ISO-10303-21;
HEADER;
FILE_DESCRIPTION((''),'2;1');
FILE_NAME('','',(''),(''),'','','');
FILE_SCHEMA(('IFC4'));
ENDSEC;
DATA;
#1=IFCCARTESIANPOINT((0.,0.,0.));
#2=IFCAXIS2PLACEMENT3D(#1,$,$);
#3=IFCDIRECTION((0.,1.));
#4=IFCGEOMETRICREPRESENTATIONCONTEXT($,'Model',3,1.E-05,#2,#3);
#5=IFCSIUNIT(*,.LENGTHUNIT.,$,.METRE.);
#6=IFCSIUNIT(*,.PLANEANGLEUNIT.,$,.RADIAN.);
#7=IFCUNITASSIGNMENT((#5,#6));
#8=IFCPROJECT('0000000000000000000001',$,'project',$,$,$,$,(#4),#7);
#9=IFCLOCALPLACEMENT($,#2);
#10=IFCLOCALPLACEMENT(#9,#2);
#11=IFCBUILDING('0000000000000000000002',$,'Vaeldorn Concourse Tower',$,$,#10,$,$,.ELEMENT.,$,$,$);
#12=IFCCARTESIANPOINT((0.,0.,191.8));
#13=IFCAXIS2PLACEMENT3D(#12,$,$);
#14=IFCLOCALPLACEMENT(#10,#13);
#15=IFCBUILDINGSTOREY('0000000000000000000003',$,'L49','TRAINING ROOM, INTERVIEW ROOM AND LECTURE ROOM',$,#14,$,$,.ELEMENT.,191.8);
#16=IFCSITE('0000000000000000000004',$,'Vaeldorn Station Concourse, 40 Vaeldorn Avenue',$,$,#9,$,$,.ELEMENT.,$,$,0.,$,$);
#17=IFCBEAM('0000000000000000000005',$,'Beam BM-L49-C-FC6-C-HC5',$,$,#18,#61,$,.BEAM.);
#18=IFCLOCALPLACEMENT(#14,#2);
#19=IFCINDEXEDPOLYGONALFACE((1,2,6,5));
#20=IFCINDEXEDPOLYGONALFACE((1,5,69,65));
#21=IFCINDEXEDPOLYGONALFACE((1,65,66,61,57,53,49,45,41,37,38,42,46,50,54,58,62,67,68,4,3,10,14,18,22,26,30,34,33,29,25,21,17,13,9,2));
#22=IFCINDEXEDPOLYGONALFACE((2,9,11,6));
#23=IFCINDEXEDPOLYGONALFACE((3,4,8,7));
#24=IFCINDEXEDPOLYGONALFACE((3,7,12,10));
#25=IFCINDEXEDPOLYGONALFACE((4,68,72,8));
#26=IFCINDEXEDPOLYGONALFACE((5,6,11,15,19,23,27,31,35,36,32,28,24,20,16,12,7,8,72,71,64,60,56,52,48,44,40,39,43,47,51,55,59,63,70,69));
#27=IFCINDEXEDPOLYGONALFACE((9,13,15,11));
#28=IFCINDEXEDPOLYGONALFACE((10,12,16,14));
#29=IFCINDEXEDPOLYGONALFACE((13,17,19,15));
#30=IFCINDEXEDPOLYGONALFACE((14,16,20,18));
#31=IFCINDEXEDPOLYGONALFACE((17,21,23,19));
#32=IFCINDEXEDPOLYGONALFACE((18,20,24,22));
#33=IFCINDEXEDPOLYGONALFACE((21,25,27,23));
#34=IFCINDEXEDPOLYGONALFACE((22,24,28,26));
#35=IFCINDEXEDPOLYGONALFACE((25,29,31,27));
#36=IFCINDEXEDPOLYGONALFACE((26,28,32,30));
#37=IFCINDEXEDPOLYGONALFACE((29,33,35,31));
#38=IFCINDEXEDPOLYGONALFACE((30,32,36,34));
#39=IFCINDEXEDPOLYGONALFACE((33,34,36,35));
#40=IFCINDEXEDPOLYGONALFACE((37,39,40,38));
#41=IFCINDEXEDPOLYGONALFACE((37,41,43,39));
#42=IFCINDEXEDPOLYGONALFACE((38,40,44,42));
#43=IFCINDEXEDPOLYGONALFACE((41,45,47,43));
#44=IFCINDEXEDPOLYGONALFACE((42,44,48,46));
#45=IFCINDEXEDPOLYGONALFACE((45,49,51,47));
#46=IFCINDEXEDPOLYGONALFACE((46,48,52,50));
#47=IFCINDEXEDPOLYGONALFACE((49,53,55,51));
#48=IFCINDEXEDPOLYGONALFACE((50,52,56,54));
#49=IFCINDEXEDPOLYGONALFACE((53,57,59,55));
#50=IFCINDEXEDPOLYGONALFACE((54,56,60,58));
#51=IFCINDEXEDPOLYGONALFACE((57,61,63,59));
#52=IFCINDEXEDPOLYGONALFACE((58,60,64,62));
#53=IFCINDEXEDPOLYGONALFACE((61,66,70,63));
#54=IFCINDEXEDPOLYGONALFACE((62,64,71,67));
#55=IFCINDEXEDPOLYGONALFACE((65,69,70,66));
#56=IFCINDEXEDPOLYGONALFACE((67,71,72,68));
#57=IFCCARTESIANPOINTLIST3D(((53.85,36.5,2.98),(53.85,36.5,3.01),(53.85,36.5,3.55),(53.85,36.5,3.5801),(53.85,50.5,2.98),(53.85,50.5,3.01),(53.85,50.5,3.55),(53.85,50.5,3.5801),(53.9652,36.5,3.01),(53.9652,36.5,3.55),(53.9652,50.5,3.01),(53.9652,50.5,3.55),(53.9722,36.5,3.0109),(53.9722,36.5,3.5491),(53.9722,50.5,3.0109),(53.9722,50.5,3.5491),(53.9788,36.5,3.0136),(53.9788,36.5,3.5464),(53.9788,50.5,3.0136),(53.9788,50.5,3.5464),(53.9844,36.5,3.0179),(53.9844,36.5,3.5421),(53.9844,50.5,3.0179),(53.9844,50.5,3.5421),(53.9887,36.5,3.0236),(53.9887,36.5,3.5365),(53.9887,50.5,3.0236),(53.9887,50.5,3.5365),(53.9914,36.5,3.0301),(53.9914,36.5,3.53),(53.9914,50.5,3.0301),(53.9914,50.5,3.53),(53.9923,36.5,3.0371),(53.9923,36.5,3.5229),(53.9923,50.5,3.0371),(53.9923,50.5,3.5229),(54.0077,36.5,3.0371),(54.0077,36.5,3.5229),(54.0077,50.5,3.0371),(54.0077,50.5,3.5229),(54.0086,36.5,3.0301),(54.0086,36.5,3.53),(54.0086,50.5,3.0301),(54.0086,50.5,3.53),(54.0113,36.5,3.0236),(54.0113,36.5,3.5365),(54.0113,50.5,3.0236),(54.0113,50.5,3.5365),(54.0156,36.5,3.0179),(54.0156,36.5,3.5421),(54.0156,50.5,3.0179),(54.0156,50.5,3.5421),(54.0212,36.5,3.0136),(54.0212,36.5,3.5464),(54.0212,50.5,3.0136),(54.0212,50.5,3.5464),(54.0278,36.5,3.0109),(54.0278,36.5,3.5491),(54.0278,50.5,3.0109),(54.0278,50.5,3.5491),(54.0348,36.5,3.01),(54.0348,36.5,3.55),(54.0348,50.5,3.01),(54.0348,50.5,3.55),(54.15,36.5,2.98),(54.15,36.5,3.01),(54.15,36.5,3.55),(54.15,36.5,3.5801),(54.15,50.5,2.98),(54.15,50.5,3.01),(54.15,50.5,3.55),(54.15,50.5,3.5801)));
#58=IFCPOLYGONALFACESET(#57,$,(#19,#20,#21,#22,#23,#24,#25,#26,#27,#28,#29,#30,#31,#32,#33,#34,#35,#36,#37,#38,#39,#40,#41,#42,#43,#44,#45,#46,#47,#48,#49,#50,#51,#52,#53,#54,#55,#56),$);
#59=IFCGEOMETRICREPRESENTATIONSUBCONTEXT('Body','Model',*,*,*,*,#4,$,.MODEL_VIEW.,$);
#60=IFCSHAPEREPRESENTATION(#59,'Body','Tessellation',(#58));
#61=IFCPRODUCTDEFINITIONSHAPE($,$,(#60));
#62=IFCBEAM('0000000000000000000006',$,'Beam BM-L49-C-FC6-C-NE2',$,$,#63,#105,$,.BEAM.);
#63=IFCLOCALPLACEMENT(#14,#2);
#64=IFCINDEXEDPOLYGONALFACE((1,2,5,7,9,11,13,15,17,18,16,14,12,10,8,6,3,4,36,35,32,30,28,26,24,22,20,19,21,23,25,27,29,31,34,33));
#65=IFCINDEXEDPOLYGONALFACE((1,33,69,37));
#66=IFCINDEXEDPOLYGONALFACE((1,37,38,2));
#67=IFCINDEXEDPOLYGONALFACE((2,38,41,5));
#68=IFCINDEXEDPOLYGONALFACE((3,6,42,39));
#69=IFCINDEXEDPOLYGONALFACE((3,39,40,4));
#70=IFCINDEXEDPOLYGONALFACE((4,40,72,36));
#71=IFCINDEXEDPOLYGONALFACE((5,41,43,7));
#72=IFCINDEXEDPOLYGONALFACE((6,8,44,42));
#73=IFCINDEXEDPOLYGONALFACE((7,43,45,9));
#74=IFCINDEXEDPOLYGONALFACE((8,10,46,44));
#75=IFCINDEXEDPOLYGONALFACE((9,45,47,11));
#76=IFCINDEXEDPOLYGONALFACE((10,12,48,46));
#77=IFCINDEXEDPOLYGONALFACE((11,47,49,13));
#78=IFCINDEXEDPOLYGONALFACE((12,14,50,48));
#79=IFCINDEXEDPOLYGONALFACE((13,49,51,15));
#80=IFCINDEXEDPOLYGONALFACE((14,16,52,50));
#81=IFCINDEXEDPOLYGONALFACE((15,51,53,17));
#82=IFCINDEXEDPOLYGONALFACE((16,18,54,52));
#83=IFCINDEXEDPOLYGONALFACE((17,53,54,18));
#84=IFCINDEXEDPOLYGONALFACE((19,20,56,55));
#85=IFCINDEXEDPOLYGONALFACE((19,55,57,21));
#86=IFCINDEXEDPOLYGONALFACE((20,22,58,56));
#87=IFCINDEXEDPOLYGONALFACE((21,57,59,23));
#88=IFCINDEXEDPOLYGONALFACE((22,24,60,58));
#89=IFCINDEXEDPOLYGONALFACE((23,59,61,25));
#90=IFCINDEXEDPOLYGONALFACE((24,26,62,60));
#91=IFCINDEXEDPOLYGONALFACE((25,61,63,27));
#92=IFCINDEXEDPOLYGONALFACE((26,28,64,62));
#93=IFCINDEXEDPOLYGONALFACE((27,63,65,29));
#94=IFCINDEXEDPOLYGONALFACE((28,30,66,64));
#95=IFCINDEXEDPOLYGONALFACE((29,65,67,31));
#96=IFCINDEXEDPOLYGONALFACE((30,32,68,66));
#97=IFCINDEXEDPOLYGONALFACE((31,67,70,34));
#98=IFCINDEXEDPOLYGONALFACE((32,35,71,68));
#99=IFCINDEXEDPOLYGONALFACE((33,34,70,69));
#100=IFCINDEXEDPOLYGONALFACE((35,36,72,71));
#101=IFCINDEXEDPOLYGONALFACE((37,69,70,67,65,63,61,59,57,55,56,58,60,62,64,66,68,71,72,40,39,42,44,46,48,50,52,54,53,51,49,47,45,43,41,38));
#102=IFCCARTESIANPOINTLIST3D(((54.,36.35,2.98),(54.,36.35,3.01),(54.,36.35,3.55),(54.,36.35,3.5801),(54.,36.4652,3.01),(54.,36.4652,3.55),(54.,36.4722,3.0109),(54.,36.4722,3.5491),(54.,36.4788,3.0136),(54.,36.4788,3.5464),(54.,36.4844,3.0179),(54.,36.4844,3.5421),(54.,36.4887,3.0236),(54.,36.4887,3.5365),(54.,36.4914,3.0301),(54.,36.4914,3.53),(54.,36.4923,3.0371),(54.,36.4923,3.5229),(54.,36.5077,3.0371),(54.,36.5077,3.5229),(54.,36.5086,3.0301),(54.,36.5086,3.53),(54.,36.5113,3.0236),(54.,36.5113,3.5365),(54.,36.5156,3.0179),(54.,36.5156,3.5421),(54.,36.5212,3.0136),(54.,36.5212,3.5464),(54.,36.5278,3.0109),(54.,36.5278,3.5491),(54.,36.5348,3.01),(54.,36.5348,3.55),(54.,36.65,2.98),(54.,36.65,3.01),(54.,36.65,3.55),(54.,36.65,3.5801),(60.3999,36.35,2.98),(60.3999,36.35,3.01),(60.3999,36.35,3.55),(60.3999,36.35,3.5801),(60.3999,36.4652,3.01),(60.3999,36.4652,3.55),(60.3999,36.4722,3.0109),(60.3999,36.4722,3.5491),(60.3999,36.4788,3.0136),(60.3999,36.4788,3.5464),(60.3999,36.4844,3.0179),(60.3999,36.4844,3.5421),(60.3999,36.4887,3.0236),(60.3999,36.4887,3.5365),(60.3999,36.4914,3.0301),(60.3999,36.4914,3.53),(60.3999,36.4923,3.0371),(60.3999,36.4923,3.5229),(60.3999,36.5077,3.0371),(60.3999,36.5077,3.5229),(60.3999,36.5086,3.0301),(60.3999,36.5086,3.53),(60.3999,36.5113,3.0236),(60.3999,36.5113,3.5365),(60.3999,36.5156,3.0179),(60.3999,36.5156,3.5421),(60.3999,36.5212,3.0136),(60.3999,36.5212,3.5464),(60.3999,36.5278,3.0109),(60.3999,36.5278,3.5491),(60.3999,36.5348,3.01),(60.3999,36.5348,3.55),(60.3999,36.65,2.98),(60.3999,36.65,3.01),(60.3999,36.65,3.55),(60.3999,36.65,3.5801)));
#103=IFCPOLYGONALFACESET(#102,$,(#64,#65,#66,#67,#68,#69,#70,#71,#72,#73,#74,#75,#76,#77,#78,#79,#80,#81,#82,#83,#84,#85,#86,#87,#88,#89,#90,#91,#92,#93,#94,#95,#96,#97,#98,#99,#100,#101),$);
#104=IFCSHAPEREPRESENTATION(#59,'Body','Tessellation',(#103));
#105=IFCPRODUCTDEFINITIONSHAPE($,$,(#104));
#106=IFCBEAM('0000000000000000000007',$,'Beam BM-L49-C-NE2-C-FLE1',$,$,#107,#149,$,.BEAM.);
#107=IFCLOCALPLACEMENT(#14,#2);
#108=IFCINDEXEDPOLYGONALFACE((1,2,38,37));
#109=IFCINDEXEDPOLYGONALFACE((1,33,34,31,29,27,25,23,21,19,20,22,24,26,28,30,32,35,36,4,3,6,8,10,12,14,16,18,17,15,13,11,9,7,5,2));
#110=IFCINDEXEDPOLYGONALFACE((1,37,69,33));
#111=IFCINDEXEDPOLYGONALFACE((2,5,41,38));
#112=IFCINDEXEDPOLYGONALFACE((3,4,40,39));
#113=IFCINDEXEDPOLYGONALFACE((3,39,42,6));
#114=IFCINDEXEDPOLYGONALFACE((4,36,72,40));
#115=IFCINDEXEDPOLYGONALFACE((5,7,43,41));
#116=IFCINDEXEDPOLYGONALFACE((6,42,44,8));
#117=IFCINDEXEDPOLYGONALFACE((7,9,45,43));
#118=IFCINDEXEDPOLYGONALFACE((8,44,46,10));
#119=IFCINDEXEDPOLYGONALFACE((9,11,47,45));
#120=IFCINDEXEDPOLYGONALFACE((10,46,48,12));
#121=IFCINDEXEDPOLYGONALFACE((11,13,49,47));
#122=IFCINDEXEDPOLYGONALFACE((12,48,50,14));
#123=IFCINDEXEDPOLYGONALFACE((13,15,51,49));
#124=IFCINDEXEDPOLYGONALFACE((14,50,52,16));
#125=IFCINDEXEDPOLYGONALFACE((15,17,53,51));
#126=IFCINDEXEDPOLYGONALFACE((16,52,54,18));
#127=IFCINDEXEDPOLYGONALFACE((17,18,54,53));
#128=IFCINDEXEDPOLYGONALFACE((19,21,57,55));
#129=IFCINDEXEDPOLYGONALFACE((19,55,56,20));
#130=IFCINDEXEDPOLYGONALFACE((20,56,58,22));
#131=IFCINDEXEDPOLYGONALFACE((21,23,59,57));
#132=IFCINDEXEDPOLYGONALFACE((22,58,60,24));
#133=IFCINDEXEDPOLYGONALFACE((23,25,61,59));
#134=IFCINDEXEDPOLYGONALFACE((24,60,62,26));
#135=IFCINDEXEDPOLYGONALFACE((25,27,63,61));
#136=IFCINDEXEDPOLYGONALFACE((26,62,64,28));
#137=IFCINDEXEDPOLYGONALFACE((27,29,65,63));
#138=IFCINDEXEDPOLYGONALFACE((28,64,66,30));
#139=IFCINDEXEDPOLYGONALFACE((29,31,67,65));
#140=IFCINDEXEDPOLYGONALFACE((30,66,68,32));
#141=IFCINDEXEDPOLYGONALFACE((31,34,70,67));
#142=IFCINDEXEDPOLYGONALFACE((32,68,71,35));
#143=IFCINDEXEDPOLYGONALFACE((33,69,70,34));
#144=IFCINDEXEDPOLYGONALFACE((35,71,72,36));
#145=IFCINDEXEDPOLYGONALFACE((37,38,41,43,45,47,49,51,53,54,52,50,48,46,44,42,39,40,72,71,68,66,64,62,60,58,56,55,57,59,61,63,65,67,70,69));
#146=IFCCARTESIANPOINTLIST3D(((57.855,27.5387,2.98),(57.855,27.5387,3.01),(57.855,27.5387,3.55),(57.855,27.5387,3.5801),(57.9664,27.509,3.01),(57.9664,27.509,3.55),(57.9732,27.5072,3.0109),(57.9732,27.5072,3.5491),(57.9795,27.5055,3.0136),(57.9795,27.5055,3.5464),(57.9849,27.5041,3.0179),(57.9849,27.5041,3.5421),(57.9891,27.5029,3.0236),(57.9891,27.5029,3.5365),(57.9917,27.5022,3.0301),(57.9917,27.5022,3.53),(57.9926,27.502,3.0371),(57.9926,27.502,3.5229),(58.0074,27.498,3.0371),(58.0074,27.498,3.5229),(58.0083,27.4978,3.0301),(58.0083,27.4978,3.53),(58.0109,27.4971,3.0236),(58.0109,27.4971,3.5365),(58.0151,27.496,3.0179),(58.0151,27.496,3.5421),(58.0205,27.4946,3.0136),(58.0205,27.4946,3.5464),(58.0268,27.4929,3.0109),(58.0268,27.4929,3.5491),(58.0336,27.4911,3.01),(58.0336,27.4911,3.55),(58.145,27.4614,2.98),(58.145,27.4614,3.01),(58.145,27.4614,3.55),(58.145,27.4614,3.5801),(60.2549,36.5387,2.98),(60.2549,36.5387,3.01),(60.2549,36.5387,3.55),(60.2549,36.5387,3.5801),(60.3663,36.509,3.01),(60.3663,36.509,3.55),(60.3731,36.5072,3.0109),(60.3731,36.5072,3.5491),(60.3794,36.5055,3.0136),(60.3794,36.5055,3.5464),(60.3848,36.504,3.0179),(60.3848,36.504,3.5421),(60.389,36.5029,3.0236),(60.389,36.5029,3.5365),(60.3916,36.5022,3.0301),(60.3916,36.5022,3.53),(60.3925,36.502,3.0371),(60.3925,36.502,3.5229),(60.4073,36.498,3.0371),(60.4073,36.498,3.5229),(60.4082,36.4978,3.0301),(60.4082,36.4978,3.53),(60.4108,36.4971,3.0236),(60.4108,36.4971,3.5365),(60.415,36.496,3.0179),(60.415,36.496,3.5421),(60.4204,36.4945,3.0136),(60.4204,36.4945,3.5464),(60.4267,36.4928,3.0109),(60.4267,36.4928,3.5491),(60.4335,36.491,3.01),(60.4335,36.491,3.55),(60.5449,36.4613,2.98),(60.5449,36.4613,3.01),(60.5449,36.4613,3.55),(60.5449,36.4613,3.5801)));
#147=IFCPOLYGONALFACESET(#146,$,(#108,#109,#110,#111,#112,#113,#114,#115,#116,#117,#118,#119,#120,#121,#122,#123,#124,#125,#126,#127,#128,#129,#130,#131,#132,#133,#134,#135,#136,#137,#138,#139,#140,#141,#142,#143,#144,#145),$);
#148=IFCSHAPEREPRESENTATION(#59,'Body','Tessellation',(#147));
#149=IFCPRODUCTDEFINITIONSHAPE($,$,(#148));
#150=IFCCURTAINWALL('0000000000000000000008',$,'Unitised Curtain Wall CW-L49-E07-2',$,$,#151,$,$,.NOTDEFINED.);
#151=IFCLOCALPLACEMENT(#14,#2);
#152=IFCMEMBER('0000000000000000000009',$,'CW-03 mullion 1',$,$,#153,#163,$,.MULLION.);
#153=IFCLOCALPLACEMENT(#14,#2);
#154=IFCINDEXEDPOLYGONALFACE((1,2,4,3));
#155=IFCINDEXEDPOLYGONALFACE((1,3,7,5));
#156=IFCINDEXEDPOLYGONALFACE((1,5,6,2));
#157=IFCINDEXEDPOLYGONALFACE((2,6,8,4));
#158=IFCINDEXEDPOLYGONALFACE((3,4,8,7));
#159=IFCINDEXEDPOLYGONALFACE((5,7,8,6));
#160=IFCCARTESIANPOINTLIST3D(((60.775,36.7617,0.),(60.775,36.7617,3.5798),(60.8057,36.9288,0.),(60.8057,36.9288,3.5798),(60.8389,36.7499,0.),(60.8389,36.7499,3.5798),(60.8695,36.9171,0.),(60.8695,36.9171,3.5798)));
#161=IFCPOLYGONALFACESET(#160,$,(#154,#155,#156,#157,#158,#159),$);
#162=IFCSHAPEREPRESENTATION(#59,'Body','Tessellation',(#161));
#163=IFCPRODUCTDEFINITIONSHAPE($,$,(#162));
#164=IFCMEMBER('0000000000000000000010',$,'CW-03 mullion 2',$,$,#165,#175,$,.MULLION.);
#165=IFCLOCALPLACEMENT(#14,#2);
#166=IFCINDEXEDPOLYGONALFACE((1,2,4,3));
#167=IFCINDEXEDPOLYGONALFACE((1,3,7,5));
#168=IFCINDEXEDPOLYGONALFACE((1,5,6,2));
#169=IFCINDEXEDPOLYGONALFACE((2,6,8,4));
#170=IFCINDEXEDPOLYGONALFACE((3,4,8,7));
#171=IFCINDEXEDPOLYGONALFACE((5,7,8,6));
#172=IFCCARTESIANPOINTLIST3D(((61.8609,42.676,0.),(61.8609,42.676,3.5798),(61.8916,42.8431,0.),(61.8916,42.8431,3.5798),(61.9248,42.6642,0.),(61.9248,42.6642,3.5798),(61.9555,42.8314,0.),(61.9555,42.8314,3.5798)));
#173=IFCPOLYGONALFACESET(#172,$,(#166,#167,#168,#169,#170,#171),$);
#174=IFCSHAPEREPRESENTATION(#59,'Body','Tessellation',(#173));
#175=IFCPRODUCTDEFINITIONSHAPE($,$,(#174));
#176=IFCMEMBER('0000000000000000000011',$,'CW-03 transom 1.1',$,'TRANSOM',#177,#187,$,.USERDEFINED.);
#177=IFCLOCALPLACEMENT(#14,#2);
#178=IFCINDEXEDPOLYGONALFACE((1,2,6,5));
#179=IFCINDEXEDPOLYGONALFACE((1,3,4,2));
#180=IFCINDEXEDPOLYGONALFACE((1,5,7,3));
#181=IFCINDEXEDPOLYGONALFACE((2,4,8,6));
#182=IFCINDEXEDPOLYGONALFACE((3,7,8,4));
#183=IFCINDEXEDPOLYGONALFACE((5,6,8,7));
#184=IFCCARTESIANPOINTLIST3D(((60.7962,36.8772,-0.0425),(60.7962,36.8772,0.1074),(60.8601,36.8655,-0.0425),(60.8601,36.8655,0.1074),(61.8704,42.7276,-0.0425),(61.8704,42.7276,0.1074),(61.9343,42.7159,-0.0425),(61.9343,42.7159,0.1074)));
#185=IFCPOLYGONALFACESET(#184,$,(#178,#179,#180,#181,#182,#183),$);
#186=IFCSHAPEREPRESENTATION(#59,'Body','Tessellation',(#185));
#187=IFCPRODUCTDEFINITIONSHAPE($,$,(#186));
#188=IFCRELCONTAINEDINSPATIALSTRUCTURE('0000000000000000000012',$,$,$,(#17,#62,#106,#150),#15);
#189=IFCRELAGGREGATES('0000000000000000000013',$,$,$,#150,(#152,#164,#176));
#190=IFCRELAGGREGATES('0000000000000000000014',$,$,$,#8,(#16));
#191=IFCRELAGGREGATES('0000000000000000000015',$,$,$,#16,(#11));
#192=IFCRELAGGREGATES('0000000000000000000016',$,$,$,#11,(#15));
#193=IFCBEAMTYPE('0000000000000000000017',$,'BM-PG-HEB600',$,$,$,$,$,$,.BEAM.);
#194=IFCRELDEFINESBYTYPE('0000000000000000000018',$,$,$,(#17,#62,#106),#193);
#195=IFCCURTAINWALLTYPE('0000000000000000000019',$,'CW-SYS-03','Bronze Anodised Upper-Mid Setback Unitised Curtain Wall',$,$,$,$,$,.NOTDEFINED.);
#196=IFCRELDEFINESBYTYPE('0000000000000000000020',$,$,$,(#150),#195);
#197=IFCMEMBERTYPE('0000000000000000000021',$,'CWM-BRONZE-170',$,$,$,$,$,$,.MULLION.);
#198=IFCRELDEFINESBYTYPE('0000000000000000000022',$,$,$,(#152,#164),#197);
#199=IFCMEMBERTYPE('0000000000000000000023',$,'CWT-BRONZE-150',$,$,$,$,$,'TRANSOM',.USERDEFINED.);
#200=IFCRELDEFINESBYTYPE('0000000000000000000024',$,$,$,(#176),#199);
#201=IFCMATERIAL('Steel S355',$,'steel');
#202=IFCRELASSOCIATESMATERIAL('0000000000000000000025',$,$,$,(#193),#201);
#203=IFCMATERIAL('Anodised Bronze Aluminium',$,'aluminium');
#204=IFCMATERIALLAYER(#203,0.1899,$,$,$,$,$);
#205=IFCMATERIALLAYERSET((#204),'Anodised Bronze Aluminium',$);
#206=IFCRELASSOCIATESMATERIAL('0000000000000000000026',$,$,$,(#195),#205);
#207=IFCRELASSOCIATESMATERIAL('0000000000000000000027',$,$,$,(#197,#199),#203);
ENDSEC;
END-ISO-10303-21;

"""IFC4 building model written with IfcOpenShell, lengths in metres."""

from ifc_helpers import new_model, si_unit, direction, frame, origin, origin_2d, place, context, subcontext, project, spatial, rectangle, i_section, extrude, source, transform, mapped, material, layer, layer_set, material_profile, profile_set, type_object, element, aggregate, save


model = new_model("IFC4")

# Units and contexts
model_context = context("Model", 3, precision=1e-05, world=origin(), true_north=direction((0.0, 1.0)))
body_context = subcontext(model_context, "Body", "Model", "MODEL_VIEW")
ifc_project = project(units=[si_unit("LENGTHUNIT", "METRE"), si_unit("PLANEANGLEUNIT", "RADIAN")], contexts=[model_context])

# Site, building, storey
site_placement = place(None, origin())
site = spatial("IfcSite", under=ifc_project, at=site_placement, Name="Vaeldorn Station Concourse, 40 Vaeldorn Avenue", CompositionType="ELEMENT", RefElevation=0.0)
building_placement = place(site_placement, origin())
building = spatial("IfcBuilding", under=site, at=building_placement, Name="Vaeldorn Concourse Tower", CompositionType="ELEMENT")
storey_placement = place(building_placement, frame((0.0, 0.0, 191.8)))
storey = spatial("IfcBuildingStorey", under=building, at=storey_placement, Name="L49", Description="TRAINING ROOM, INTERVIEW ROOM AND LECTURE ROOM", CompositionType="ELEMENT", Elevation=191.8)

# Beams
ifc_material_1 = material(Name="Steel S355", Category="steel")
ifc_material_profile_1 = material_profile(ifc_material_1, i_section(OverallWidth=0.3, OverallDepth=0.6001, WebThickness=0.0154, FlangeThickness=0.03, FilletRadius=0.0271, at=origin_2d()), Name="HEB 600")
ifc_profile_set_1 = profile_set([ifc_material_profile_1], Name="Steel S355")
beam_type_1 = type_object("IfcBeamType", Name="BM-PG-HEB600", PredefinedType="BEAM", material=ifc_profile_set_1)
shared_shape_1 = source(origin(), body_context, "Body", "SweptSolid", [
    extrude(i_section(OverallWidth=0.3, OverallDepth=0.6001, WebThickness=0.0154, FlangeThickness=0.03, FilletRadius=0.0271, at=origin_2d()), origin(), (0.0, 0.0, 1.0), 14.0),
])
beam_1_placement = place(storey_placement, frame((54.0, 36.5, 3.28), z_axis=(0.0, 1.0, 0.0), x_axis=(-1.0, 0.0, 0.0)))
element("IfcBeam", 1, at=beam_1_placement, inside=storey, type_object=beam_type_1, Name="Beam BM-L49-C-FC6-C-HC5", PredefinedType="BEAM", context=body_context, shape_type="MappedRepresentation", body=[
    mapped(shared_shape_1, transform((0.0, 0.0, 0.0), scale=1.0)),
])
shared_shape_2 = source(origin(), body_context, "Body", "SweptSolid", [
    extrude(i_section(OverallWidth=0.3, OverallDepth=0.6001, WebThickness=0.0154, FlangeThickness=0.03, FilletRadius=0.0271, at=origin_2d()), origin(), (0.0, 0.0, 1.0), 6.3999),
])
beam_2_placement = place(storey_placement, frame((54.0, 36.5, 3.28), z_axis=(1.0, 0.0, 0.0), x_axis=(0.0, 1.0, 0.0)))
element("IfcBeam", 2, at=beam_2_placement, inside=storey, type_object=beam_type_1, Name="Beam BM-L49-C-FC6-C-NE2", PredefinedType="BEAM", context=body_context, shape_type="MappedRepresentation", body=[
    mapped(shared_shape_2, transform((0.0, 0.0, 0.0), scale=1.0)),
])
shared_shape_3 = source(origin(), body_context, "Body", "SweptSolid", [
    extrude(i_section(OverallWidth=0.3, OverallDepth=0.6001, WebThickness=0.0154, FlangeThickness=0.03, FilletRadius=0.0271, at=origin_2d()), origin(), (0.0, 0.0, 1.0), 9.3145),
])
beam_3_placement = place(storey_placement, frame((60.3999, 36.5, 3.28), z_axis=(-0.257653, -0.966238, 0.0), x_axis=(0.966238, -0.257653, 0.0)))
element("IfcBeam", 3, at=beam_3_placement, inside=storey, type_object=beam_type_1, Name="Beam BM-L49-C-NE2-C-FLE1", PredefinedType="BEAM", context=body_context, shape_type="MappedRepresentation", body=[
    mapped(shared_shape_3, transform((0.0, 0.0, 0.0), scale=1.0)),
])

# Curtain wall, members
ifc_material_2 = material(Name="Anodised Bronze Aluminium", Category="aluminium")
ifc_layer_1 = layer(ifc_material_2, 0.1899)
ifc_layer_set_1 = layer_set([ifc_layer_1], Name="Anodised Bronze Aluminium")
curtain_wall_type = type_object("IfcCurtainWallType", Name="CW-SYS-03", Description="Bronze Anodised Upper-Mid Setback Unitised Curtain Wall", PredefinedType="NOTDEFINED", material=ifc_layer_set_1)
curtain_wall_placement = place(storey_placement, origin())
curtain_wall = element("IfcCurtainWall", 4, at=curtain_wall_placement, inside=storey, type_object=curtain_wall_type, Name="Unitised Curtain Wall CW-L49-E07-2", PredefinedType="NOTDEFINED")
ifc_material_profile_2 = material_profile(ifc_material_2, rectangle(XDim=0.0649, YDim=0.1699, at=origin_2d()), Name="CWM 65x170")
ifc_profile_set_2 = profile_set([ifc_material_profile_2], Name="Anodised Bronze Aluminium")
member_type_1 = type_object("IfcMemberType", Name="CWM-BRONZE-170", PredefinedType="MULLION", material=ifc_profile_set_2)
shared_shape_4 = source(origin(), body_context, "Body", "SweptSolid", [
    extrude(rectangle(XDim=0.0649, YDim=0.1699, at=origin_2d()), origin(), (0.0, 0.0, 1.0), 3.5798),
])
member_1_placement = place(storey_placement, frame((60.8223, 36.8394, 0.0), z_axis=(0.0, 0.0, 1.0), x_axis=(-0.983559, 0.180585, 0.0)))
member_1 = element("IfcMember", 5, at=member_1_placement, type_object=member_type_1, Name="CW-03 mullion 1", PredefinedType="MULLION", context=body_context, shape_type="MappedRepresentation", body=[
    mapped(shared_shape_4, transform((0.0, 0.0, 0.0), scale=1.0)),
])
member_2_placement = place(storey_placement, frame((61.9082, 42.7537, 0.0), z_axis=(0.0, 0.0, 1.0), x_axis=(-0.983559, 0.180585, 0.0)))
member_2 = element("IfcMember", 6, at=member_2_placement, type_object=member_type_1, Name="CW-03 mullion 2", PredefinedType="MULLION", context=body_context, shape_type="MappedRepresentation", body=[
    mapped(shared_shape_4, transform((0.0, 0.0, 0.0), scale=1.0)),
])
ifc_material_profile_3 = material_profile(ifc_material_2, rectangle(XDim=0.0649, YDim=0.1499, at=origin_2d()), Name="CWT 65x150")
ifc_profile_set_3 = profile_set([ifc_material_profile_3], Name="Anodised Bronze Aluminium")
member_type_2 = type_object("IfcMemberType", Name="CWT-BRONZE-150", ElementType="TRANSOM", PredefinedType="USERDEFINED", material=ifc_profile_set_3)
shared_shape_5 = source(origin(), body_context, "Body", "SweptSolid", [
    extrude(rectangle(XDim=0.0649, YDim=0.1499, at=origin_2d()), origin(), (0.0, 0.0, 1.0), 5.9482),
])
member_3_placement = place(storey_placement, frame((60.8281, 36.8713, 0.0325), z_axis=(0.180597, 0.983557, 0.0), x_axis=(-0.983557, 0.180597, 0.0)))
member_3 = element("IfcMember", 7, at=member_3_placement, type_object=member_type_2, Name="CW-03 transom 1.1", ObjectType="TRANSOM", PredefinedType="USERDEFINED", context=body_context, shape_type="MappedRepresentation", body=[
    mapped(shared_shape_5, transform((0.0, 0.0, 0.0), scale=1.0)),
])
aggregate(curtain_wall, [member_1, member_2, member_3])

save(model, "model.ifc")
